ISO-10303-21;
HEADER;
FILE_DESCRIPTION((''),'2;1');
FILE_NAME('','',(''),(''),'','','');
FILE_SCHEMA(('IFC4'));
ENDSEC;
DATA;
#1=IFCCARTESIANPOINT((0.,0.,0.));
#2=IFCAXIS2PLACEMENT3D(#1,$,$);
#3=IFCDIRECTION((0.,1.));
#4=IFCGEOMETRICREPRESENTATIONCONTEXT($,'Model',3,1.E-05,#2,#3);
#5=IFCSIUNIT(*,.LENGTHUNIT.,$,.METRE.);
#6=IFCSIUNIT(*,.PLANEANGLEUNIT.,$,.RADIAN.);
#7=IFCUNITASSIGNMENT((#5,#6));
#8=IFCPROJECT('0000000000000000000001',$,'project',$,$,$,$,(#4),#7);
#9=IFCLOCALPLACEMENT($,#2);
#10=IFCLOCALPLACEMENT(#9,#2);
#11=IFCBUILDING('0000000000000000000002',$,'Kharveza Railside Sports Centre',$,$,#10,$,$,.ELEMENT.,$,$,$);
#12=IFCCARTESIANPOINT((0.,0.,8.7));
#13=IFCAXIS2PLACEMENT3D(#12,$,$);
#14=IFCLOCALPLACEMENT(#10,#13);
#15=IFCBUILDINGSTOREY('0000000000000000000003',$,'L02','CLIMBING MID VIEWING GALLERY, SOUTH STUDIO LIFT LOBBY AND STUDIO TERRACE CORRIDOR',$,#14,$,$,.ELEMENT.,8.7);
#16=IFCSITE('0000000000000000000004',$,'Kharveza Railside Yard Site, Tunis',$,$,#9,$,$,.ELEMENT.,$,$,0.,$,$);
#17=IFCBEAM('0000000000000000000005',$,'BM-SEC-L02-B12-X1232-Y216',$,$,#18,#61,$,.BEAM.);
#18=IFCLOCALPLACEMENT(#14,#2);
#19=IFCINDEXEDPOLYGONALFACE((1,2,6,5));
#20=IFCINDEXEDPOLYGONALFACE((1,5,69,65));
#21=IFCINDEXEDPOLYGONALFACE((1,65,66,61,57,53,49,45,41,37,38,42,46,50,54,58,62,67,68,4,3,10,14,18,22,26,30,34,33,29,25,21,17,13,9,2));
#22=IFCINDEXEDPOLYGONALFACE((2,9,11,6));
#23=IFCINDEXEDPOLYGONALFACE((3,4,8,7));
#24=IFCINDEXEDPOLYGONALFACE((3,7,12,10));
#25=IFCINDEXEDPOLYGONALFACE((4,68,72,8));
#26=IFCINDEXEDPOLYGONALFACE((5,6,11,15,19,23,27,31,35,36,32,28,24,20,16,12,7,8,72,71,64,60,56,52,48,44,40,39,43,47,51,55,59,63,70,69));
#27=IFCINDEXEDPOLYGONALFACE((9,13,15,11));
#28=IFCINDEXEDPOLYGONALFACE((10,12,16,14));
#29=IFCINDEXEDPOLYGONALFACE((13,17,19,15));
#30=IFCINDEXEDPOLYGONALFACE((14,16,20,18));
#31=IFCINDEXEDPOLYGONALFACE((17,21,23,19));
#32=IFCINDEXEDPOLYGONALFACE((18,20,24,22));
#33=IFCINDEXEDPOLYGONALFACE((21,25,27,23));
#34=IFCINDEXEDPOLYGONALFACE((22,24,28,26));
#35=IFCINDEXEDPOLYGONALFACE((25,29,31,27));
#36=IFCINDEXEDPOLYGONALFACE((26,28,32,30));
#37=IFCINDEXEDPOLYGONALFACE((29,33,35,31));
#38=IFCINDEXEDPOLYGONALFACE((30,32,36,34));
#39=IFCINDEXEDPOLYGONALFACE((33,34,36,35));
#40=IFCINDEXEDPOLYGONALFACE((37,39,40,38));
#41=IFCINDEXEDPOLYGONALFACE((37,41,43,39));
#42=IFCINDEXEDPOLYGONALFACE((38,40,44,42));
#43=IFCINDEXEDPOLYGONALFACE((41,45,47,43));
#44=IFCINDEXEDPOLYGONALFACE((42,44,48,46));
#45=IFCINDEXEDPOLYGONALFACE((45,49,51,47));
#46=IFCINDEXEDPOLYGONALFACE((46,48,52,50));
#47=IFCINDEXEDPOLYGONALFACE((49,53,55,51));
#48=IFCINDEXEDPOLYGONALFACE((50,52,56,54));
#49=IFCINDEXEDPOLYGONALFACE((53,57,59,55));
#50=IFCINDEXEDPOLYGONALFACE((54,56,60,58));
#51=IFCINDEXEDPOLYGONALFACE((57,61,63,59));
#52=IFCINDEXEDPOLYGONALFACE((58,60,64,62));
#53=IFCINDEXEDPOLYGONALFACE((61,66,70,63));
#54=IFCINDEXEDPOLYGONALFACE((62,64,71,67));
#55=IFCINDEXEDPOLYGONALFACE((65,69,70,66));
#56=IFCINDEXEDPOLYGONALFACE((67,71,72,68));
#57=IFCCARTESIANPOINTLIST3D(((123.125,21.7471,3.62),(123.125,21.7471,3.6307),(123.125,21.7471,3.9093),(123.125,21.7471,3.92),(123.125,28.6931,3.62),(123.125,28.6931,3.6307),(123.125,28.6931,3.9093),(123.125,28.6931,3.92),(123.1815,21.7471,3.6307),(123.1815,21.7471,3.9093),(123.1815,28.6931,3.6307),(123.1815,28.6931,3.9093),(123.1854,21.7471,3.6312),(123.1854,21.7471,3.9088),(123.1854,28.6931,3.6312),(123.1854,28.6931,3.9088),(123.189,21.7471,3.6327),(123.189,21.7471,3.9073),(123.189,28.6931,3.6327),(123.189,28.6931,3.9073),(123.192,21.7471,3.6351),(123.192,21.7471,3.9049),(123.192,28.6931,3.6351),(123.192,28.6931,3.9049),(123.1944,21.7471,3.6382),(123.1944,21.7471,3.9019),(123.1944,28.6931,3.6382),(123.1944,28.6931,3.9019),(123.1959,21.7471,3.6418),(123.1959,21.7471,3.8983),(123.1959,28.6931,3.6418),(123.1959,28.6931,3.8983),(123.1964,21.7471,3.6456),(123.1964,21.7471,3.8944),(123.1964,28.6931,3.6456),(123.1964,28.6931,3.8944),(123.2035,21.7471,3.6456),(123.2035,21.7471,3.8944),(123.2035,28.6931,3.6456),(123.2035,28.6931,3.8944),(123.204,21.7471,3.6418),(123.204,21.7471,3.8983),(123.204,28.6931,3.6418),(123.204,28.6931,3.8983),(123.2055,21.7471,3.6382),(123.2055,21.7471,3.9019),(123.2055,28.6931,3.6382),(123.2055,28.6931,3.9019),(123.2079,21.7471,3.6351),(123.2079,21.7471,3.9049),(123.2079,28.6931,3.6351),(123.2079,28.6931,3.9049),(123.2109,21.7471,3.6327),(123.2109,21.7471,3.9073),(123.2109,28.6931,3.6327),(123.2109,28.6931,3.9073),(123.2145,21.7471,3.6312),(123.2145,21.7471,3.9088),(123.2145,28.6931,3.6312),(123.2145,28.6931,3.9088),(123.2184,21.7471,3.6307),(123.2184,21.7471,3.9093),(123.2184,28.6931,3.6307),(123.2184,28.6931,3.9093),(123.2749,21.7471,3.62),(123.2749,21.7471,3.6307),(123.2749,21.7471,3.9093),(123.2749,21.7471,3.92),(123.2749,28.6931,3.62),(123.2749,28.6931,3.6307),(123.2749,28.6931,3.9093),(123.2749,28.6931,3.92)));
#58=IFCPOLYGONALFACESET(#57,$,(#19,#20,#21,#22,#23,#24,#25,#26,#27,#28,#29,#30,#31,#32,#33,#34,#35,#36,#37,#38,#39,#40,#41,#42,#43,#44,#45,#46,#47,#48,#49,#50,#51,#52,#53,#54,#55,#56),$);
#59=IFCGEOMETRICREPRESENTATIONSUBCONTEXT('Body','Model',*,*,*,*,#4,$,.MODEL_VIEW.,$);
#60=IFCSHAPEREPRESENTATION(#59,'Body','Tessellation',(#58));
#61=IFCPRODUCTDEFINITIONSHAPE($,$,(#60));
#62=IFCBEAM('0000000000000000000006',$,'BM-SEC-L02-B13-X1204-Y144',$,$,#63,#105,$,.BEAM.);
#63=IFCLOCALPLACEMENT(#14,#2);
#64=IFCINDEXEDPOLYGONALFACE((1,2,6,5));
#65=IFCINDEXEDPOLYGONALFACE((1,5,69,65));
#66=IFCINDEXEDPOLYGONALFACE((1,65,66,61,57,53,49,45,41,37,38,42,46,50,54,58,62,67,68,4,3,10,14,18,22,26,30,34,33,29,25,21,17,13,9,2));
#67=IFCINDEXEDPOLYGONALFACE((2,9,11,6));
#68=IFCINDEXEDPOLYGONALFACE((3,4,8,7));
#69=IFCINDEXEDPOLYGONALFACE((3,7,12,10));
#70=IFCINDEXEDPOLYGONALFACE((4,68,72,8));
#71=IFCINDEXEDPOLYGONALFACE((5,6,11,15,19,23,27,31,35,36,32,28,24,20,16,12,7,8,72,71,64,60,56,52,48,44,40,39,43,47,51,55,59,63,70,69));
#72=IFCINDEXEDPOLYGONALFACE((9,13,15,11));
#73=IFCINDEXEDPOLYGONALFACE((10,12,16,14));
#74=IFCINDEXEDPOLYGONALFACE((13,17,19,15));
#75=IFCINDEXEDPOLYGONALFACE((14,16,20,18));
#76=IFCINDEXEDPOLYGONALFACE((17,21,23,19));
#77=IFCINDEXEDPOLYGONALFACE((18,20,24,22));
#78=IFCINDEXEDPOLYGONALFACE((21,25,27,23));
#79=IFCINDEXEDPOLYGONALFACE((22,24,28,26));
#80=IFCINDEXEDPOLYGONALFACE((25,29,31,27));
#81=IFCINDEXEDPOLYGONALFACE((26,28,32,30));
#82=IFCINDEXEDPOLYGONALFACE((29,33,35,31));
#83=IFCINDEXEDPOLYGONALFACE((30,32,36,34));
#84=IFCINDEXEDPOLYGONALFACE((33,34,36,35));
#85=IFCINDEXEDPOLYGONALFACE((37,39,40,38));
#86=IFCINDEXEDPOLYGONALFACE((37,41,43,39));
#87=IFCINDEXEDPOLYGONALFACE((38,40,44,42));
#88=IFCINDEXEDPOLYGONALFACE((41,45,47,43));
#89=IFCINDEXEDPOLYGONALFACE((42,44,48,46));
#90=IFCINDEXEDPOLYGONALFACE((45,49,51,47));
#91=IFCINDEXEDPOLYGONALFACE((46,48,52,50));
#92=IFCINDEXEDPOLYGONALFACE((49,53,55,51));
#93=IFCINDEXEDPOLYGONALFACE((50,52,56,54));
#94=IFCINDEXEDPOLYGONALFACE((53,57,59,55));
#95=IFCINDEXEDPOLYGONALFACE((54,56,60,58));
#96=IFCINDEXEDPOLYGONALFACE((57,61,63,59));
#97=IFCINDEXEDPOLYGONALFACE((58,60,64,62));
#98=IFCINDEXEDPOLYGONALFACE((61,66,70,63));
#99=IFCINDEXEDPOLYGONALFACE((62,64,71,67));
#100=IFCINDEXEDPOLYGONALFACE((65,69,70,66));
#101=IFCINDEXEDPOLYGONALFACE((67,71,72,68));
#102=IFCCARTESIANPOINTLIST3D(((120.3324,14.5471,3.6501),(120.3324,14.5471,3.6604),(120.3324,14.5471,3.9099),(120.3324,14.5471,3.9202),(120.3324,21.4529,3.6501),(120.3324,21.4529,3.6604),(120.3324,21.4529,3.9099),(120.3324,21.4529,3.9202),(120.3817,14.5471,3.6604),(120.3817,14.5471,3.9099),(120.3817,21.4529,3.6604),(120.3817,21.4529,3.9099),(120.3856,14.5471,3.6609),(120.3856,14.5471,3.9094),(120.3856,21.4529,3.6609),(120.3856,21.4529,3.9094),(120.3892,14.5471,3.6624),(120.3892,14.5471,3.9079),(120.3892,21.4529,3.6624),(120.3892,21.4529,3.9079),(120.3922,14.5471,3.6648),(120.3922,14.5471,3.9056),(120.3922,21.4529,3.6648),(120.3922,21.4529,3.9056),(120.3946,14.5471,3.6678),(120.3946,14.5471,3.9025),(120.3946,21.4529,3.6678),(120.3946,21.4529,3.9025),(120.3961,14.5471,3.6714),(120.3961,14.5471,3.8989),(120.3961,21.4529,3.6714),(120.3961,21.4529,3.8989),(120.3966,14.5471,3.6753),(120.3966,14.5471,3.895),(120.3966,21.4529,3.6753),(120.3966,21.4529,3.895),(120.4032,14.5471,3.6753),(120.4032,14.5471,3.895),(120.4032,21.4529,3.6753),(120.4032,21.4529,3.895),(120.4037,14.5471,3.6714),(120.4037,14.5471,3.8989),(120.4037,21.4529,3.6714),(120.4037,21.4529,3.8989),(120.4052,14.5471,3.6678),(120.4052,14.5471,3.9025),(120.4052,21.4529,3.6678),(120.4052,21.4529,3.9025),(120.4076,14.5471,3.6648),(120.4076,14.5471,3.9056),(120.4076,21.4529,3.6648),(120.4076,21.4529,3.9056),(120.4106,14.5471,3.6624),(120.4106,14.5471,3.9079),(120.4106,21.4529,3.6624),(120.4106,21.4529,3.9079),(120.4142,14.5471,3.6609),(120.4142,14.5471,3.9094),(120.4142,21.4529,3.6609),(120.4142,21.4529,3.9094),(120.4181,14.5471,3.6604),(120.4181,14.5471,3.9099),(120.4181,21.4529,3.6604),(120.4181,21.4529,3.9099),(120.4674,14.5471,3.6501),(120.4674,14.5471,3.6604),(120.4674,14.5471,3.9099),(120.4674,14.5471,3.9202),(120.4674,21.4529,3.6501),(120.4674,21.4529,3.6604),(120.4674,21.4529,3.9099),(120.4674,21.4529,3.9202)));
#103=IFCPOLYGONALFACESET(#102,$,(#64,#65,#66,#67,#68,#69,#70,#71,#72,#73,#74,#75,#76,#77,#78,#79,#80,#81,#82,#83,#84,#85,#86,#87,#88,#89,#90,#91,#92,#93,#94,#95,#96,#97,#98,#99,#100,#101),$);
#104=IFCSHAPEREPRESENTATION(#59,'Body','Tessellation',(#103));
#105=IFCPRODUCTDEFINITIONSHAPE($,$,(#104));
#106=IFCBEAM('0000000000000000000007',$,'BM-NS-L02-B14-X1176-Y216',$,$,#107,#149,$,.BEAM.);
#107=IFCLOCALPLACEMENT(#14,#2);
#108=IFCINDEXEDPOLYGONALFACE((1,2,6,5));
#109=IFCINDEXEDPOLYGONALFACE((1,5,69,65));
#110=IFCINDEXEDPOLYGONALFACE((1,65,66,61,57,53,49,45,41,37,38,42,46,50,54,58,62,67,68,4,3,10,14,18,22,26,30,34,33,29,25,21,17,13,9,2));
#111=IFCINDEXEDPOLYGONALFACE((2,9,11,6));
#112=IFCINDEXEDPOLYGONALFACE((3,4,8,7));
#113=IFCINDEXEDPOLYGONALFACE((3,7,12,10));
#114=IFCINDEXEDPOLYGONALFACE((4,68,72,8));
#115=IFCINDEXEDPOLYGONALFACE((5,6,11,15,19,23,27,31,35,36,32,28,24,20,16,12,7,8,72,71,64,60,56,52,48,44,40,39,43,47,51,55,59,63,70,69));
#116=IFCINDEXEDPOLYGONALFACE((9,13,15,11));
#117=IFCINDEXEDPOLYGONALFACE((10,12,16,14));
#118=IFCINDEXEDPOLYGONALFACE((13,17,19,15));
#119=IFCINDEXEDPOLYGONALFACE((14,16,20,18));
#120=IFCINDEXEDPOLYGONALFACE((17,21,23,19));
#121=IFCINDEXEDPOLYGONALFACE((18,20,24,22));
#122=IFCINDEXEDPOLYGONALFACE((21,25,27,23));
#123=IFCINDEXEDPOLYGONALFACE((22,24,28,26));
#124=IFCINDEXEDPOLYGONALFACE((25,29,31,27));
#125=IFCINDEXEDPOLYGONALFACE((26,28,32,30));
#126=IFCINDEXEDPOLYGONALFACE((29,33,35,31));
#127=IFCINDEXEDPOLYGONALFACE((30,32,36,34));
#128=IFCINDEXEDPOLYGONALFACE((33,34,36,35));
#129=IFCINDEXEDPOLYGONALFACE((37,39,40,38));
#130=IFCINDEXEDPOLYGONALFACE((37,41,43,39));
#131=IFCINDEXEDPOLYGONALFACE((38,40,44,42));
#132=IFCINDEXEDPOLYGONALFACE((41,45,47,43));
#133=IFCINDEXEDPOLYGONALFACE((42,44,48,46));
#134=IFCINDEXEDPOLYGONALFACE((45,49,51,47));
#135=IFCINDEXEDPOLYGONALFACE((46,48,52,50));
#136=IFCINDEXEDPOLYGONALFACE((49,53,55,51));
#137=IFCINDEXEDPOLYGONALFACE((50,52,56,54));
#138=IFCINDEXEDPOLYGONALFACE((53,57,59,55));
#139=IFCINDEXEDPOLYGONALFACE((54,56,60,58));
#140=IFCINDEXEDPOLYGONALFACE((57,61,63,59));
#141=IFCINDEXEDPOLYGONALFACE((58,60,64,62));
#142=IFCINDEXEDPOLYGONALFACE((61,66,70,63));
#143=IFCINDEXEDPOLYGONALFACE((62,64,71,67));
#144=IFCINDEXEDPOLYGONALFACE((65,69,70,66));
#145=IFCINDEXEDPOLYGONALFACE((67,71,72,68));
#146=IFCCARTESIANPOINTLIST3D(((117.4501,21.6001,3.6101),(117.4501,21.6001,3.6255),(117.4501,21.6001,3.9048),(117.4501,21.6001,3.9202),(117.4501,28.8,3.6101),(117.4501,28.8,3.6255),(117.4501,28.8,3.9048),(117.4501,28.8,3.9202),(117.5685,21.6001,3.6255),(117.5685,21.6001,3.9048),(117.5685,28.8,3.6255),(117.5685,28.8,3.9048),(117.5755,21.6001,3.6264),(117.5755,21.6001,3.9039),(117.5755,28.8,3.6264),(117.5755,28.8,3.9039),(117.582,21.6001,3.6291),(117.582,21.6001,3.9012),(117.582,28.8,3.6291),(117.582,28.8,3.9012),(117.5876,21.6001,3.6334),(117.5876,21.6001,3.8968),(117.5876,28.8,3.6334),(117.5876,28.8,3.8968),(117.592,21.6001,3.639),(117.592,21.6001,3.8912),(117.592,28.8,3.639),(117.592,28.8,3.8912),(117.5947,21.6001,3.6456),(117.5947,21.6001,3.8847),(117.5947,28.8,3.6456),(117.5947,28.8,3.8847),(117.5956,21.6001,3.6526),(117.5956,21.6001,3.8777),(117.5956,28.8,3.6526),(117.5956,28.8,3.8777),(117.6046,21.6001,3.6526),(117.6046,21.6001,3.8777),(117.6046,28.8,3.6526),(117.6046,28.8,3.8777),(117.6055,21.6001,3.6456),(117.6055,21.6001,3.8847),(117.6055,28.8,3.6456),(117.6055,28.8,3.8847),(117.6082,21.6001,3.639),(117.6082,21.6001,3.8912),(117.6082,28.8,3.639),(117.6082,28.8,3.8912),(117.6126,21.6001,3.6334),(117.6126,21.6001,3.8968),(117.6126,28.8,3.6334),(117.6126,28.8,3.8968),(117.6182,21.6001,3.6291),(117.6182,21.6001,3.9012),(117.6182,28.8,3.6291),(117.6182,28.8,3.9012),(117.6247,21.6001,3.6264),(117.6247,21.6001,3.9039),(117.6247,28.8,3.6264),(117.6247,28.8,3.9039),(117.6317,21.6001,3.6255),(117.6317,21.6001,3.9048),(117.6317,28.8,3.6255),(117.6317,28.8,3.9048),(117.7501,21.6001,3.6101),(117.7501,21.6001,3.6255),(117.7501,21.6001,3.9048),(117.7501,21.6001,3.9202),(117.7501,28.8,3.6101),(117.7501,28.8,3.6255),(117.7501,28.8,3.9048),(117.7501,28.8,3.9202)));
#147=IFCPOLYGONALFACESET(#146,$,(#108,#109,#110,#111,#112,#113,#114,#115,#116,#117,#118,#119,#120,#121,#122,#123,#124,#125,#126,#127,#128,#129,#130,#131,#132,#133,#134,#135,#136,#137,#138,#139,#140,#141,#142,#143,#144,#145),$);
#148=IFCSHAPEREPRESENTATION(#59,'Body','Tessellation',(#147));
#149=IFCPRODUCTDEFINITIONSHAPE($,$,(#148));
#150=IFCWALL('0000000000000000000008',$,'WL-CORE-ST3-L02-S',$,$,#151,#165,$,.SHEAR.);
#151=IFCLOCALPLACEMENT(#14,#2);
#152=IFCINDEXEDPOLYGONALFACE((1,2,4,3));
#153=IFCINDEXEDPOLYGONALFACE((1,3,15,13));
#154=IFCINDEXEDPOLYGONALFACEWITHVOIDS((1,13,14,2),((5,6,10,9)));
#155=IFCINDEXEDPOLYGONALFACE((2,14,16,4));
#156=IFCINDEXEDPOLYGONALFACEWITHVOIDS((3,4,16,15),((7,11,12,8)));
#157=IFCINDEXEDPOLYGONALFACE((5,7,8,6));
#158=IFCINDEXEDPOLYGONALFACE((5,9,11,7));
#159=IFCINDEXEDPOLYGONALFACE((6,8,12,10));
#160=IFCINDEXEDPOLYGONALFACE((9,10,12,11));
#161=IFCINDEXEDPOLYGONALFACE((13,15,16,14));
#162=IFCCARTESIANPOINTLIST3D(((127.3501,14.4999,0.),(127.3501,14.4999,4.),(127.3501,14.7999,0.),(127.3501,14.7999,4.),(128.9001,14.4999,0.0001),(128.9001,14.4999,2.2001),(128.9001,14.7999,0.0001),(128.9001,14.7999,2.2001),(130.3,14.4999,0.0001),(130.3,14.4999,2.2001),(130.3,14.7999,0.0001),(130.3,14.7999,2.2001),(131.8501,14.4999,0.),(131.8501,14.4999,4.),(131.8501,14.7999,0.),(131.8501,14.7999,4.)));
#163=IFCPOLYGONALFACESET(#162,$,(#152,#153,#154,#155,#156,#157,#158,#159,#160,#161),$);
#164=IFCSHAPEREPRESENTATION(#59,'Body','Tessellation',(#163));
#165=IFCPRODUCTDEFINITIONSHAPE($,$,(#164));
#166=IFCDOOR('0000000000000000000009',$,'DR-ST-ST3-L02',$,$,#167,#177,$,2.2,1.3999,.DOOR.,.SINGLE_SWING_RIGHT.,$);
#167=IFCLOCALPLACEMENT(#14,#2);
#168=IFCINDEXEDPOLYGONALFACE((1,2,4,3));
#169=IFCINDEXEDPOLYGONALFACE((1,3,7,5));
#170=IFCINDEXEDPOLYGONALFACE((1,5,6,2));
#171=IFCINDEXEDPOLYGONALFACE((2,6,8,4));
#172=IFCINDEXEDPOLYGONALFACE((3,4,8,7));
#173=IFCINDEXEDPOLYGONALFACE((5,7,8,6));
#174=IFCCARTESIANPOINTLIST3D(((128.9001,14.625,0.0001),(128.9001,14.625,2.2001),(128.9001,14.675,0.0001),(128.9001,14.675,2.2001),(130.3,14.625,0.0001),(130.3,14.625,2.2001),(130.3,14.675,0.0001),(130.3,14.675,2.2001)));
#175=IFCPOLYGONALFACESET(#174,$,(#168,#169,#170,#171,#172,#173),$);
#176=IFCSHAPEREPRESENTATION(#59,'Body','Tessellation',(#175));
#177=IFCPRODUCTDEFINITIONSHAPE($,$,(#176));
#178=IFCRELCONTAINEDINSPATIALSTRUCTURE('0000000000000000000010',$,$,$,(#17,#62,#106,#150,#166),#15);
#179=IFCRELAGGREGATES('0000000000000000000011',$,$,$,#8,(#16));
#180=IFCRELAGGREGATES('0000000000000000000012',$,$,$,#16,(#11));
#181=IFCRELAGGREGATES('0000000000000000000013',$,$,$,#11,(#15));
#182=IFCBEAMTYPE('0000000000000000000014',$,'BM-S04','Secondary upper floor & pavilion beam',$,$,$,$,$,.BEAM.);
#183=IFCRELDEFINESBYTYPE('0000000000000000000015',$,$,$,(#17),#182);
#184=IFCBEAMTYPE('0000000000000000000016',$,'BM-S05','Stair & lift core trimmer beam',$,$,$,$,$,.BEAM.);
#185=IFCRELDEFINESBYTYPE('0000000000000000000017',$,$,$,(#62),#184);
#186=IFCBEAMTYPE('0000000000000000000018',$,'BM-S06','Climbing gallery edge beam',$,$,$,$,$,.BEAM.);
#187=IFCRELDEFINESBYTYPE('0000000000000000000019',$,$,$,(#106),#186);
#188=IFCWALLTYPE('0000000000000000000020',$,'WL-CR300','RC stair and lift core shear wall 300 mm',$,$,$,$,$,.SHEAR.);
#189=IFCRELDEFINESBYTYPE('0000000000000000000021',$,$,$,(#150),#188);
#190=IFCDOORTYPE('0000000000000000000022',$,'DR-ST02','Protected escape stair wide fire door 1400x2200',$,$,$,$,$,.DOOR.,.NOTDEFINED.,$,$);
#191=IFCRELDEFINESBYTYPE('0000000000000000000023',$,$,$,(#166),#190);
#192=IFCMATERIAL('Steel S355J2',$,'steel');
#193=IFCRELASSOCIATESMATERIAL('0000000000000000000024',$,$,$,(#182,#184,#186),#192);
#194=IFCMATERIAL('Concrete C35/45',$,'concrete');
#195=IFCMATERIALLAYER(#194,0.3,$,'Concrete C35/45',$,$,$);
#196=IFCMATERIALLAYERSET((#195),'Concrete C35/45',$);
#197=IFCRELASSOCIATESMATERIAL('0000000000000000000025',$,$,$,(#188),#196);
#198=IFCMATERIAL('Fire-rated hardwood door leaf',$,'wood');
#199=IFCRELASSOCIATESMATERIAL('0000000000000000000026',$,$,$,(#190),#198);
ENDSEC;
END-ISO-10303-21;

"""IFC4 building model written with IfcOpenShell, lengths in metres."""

from ifc_helpers import new_model, si_unit, direction, frame, frame_2d, origin, origin_2d, place, context, subcontext, project, spatial, rectangle, i_section, extrude, material, layer, layer_set, material_profile, profile_set, type_object, element, fill, save


model = new_model("IFC4")

# Units and contexts
model_context = context("Model", 3, precision=1e-05, world=origin(), true_north=direction((0.0, 1.0)))
body_context = subcontext(model_context, "Body", "Model", "MODEL_VIEW")
ifc_project = project(units=[si_unit("LENGTHUNIT", "METRE"), si_unit("PLANEANGLEUNIT", "RADIAN")], contexts=[model_context])

# Site, building, storey
site_placement = place(None, origin())
site = spatial("IfcSite", under=ifc_project, at=site_placement, Name="Kharveza Railside Yard Site, Tunis", CompositionType="ELEMENT", RefElevation=0.0)
building_placement = place(site_placement, origin())
building = spatial("IfcBuilding", under=site, at=building_placement, Name="Kharveza Railside Sports Centre", CompositionType="ELEMENT")
storey_placement = place(building_placement, frame((0.0, 0.0, 8.7)))
storey = spatial("IfcBuildingStorey", under=building, at=storey_placement, Name="L02", Description="CLIMBING MID VIEWING GALLERY, SOUTH STUDIO LIFT LOBBY AND STUDIO TERRACE CORRIDOR", CompositionType="ELEMENT", Elevation=8.7)

# Shared definitions
ifc_material_1 = material(Name="Steel S355J2", Category="steel")

# Beams
ifc_material_profile_1 = material_profile(ifc_material_1, i_section(OverallWidth=0.1499, OverallDepth=0.3, WebThickness=0.0071, FlangeThickness=0.0107, FilletRadius=0.0149, at=origin_2d()), Name="IPE 300")
ifc_profile_set_1 = profile_set([ifc_material_profile_1], Name="Steel S355J2")
beam_type_1 = type_object("IfcBeamType", Name="BM-S04", Description="Secondary upper floor & pavilion beam", PredefinedType="BEAM", material=ifc_profile_set_1)
beam_1_placement = place(storey_placement, frame((123.2, 21.7471, 3.77), z_axis=(0.0, 1.0, 0.0), x_axis=(-1.0, 0.0, 0.0)))
element("IfcBeam", 1, at=beam_1_placement, inside=storey, type_object=beam_type_1, Name="BM-SEC-L02-B12-X1232-Y216", PredefinedType="BEAM", context=body_context, shape_type="SweptSolid", body=[
    extrude(i_section(OverallWidth=0.1499, OverallDepth=0.3, WebThickness=0.0071, FlangeThickness=0.0107, FilletRadius=0.0149, at=origin_2d()), origin(), (0.0, 0.0, 1.0), 6.946),
])
ifc_material_profile_2 = material_profile(ifc_material_1, i_section(OverallWidth=0.135, OverallDepth=0.27, WebThickness=0.0066, FlangeThickness=0.0103, FilletRadius=0.0149, at=origin_2d()), Name="IPE 270")
ifc_profile_set_2 = profile_set([ifc_material_profile_2], Name="Steel S355J2")
beam_type_2 = type_object("IfcBeamType", Name="BM-S05", Description="Stair & lift core trimmer beam", PredefinedType="BEAM", material=ifc_profile_set_2)
beam_2_placement = place(storey_placement, frame((120.3999, 14.5471, 3.7852), z_axis=(0.0, 1.0, 0.0), x_axis=(-1.0, 0.0, 0.0)))
element("IfcBeam", 2, at=beam_2_placement, inside=storey, type_object=beam_type_2, Name="BM-SEC-L02-B13-X1204-Y144", PredefinedType="BEAM", context=body_context, shape_type="SweptSolid", body=[
    extrude(i_section(OverallWidth=0.135, OverallDepth=0.27, WebThickness=0.0066, FlangeThickness=0.0103, FilletRadius=0.0149, at=origin_2d()), origin(), (0.0, 0.0, 1.0), 6.9058),
])
ifc_material_profile_3 = material_profile(ifc_material_1, i_section(OverallWidth=0.3, OverallDepth=0.3101, WebThickness=0.009, FlangeThickness=0.0154, FilletRadius=0.0271, at=origin_2d()), Name="HEA 320")
ifc_profile_set_3 = profile_set([ifc_material_profile_3], Name="Steel S355J2")
beam_type_3 = type_object("IfcBeamType", Name="BM-S06", Description="Climbing gallery edge beam", PredefinedType="BEAM", material=ifc_profile_set_3)
beam_3_placement = place(storey_placement, frame((117.6001, 21.6001, 3.7651), z_axis=(0.0, 1.0, 0.0), x_axis=(-1.0, 0.0, 0.0)))
element("IfcBeam", 3, at=beam_3_placement, inside=storey, type_object=beam_type_3, Name="BM-NS-L02-B14-X1176-Y216", PredefinedType="BEAM", context=body_context, shape_type="SweptSolid", body=[
    extrude(i_section(OverallWidth=0.3, OverallDepth=0.3101, WebThickness=0.009, FlangeThickness=0.0154, FilletRadius=0.0271, at=origin_2d()), origin(), (0.0, 0.0, 1.0), 7.2),
])

# Wall, opening, door
ifc_material_2 = material(Name="Concrete C35/45", Category="concrete")
ifc_layer_1 = layer(ifc_material_2, 0.3, Name="Concrete C35/45")
ifc_layer_set_1 = layer_set([ifc_layer_1], Name="Concrete C35/45")
wall_type_1 = type_object("IfcWallType", Name="WL-CR300", Description="RC stair and lift core shear wall 300 mm", PredefinedType="SHEAR", material=ifc_layer_set_1)
wall_1_placement = place(storey_placement, frame((127.3501, 14.6499, 0.0), z_axis=(0.0, 0.0, 1.0), x_axis=(1.0, 0.0, 0.0)))
wall_1 = element("IfcWall", 4, at=wall_1_placement, inside=storey, type_object=wall_type_1, Name="WL-CORE-ST3-L02-S", PredefinedType="SHEAR", context=body_context, shape_type="SweptSolid", body=[
    extrude(rectangle(XDim=4.5, YDim=0.3, at=frame_2d((2.25, 0.0))), origin(), (0.0, 0.0, 1.0), 4.0),
])
opening_1_placement = place(wall_1_placement, frame((1.55, 0.0, 0.0)))
opening_1 = element("IfcOpeningElement", 5, at=opening_1_placement, cuts=wall_1, PredefinedType="OPENING", context=body_context, shape_type="SweptSolid", body=[
    extrude(rectangle(XDim=1.3999, YDim=2.2, at=frame_2d((0.7, 1.1001))), frame((0.0, 0.1748, 0.0), z_axis=(0.0, -1.0, 0.0), x_axis=(1.0, 0.0, 0.0)), (0.0, 0.0, 1.0), 0.3499),
])
ifc_material_3 = material(Name="Fire-rated hardwood door leaf", Category="wood")
door_type_1 = type_object("IfcDoorType", Name="DR-ST02", Description="Protected escape stair wide fire door 1400x2200", OperationType="NOTDEFINED", PredefinedType="DOOR", material=ifc_material_3)
door_1_placement = place(opening_1_placement, frame((1.3999, 0.0, 0.0), z_axis=(0.0, 0.0, 1.0), x_axis=(-1.0, 0.0, 0.0)))
door_1 = element("IfcDoor", 6, at=door_1_placement, inside=storey, type_object=door_type_1, Name="DR-ST-ST3-L02", OperationType="SINGLE_SWING_RIGHT", OverallHeight=2.2, OverallWidth=1.3999, PredefinedType="DOOR", context=body_context, shape_type="SweptSolid", body=[
    extrude(rectangle(XDim=1.3999, YDim=2.2, at=frame_2d((0.7, 1.1001))), frame((0.0, 0.0249, 0.0), z_axis=(0.0, -1.0, 0.0), x_axis=(1.0, 0.0, 0.0)), (0.0, 0.0, 1.0), 0.05),
])
fill(opening_1, door_1)

save(model, "model.ifc")
